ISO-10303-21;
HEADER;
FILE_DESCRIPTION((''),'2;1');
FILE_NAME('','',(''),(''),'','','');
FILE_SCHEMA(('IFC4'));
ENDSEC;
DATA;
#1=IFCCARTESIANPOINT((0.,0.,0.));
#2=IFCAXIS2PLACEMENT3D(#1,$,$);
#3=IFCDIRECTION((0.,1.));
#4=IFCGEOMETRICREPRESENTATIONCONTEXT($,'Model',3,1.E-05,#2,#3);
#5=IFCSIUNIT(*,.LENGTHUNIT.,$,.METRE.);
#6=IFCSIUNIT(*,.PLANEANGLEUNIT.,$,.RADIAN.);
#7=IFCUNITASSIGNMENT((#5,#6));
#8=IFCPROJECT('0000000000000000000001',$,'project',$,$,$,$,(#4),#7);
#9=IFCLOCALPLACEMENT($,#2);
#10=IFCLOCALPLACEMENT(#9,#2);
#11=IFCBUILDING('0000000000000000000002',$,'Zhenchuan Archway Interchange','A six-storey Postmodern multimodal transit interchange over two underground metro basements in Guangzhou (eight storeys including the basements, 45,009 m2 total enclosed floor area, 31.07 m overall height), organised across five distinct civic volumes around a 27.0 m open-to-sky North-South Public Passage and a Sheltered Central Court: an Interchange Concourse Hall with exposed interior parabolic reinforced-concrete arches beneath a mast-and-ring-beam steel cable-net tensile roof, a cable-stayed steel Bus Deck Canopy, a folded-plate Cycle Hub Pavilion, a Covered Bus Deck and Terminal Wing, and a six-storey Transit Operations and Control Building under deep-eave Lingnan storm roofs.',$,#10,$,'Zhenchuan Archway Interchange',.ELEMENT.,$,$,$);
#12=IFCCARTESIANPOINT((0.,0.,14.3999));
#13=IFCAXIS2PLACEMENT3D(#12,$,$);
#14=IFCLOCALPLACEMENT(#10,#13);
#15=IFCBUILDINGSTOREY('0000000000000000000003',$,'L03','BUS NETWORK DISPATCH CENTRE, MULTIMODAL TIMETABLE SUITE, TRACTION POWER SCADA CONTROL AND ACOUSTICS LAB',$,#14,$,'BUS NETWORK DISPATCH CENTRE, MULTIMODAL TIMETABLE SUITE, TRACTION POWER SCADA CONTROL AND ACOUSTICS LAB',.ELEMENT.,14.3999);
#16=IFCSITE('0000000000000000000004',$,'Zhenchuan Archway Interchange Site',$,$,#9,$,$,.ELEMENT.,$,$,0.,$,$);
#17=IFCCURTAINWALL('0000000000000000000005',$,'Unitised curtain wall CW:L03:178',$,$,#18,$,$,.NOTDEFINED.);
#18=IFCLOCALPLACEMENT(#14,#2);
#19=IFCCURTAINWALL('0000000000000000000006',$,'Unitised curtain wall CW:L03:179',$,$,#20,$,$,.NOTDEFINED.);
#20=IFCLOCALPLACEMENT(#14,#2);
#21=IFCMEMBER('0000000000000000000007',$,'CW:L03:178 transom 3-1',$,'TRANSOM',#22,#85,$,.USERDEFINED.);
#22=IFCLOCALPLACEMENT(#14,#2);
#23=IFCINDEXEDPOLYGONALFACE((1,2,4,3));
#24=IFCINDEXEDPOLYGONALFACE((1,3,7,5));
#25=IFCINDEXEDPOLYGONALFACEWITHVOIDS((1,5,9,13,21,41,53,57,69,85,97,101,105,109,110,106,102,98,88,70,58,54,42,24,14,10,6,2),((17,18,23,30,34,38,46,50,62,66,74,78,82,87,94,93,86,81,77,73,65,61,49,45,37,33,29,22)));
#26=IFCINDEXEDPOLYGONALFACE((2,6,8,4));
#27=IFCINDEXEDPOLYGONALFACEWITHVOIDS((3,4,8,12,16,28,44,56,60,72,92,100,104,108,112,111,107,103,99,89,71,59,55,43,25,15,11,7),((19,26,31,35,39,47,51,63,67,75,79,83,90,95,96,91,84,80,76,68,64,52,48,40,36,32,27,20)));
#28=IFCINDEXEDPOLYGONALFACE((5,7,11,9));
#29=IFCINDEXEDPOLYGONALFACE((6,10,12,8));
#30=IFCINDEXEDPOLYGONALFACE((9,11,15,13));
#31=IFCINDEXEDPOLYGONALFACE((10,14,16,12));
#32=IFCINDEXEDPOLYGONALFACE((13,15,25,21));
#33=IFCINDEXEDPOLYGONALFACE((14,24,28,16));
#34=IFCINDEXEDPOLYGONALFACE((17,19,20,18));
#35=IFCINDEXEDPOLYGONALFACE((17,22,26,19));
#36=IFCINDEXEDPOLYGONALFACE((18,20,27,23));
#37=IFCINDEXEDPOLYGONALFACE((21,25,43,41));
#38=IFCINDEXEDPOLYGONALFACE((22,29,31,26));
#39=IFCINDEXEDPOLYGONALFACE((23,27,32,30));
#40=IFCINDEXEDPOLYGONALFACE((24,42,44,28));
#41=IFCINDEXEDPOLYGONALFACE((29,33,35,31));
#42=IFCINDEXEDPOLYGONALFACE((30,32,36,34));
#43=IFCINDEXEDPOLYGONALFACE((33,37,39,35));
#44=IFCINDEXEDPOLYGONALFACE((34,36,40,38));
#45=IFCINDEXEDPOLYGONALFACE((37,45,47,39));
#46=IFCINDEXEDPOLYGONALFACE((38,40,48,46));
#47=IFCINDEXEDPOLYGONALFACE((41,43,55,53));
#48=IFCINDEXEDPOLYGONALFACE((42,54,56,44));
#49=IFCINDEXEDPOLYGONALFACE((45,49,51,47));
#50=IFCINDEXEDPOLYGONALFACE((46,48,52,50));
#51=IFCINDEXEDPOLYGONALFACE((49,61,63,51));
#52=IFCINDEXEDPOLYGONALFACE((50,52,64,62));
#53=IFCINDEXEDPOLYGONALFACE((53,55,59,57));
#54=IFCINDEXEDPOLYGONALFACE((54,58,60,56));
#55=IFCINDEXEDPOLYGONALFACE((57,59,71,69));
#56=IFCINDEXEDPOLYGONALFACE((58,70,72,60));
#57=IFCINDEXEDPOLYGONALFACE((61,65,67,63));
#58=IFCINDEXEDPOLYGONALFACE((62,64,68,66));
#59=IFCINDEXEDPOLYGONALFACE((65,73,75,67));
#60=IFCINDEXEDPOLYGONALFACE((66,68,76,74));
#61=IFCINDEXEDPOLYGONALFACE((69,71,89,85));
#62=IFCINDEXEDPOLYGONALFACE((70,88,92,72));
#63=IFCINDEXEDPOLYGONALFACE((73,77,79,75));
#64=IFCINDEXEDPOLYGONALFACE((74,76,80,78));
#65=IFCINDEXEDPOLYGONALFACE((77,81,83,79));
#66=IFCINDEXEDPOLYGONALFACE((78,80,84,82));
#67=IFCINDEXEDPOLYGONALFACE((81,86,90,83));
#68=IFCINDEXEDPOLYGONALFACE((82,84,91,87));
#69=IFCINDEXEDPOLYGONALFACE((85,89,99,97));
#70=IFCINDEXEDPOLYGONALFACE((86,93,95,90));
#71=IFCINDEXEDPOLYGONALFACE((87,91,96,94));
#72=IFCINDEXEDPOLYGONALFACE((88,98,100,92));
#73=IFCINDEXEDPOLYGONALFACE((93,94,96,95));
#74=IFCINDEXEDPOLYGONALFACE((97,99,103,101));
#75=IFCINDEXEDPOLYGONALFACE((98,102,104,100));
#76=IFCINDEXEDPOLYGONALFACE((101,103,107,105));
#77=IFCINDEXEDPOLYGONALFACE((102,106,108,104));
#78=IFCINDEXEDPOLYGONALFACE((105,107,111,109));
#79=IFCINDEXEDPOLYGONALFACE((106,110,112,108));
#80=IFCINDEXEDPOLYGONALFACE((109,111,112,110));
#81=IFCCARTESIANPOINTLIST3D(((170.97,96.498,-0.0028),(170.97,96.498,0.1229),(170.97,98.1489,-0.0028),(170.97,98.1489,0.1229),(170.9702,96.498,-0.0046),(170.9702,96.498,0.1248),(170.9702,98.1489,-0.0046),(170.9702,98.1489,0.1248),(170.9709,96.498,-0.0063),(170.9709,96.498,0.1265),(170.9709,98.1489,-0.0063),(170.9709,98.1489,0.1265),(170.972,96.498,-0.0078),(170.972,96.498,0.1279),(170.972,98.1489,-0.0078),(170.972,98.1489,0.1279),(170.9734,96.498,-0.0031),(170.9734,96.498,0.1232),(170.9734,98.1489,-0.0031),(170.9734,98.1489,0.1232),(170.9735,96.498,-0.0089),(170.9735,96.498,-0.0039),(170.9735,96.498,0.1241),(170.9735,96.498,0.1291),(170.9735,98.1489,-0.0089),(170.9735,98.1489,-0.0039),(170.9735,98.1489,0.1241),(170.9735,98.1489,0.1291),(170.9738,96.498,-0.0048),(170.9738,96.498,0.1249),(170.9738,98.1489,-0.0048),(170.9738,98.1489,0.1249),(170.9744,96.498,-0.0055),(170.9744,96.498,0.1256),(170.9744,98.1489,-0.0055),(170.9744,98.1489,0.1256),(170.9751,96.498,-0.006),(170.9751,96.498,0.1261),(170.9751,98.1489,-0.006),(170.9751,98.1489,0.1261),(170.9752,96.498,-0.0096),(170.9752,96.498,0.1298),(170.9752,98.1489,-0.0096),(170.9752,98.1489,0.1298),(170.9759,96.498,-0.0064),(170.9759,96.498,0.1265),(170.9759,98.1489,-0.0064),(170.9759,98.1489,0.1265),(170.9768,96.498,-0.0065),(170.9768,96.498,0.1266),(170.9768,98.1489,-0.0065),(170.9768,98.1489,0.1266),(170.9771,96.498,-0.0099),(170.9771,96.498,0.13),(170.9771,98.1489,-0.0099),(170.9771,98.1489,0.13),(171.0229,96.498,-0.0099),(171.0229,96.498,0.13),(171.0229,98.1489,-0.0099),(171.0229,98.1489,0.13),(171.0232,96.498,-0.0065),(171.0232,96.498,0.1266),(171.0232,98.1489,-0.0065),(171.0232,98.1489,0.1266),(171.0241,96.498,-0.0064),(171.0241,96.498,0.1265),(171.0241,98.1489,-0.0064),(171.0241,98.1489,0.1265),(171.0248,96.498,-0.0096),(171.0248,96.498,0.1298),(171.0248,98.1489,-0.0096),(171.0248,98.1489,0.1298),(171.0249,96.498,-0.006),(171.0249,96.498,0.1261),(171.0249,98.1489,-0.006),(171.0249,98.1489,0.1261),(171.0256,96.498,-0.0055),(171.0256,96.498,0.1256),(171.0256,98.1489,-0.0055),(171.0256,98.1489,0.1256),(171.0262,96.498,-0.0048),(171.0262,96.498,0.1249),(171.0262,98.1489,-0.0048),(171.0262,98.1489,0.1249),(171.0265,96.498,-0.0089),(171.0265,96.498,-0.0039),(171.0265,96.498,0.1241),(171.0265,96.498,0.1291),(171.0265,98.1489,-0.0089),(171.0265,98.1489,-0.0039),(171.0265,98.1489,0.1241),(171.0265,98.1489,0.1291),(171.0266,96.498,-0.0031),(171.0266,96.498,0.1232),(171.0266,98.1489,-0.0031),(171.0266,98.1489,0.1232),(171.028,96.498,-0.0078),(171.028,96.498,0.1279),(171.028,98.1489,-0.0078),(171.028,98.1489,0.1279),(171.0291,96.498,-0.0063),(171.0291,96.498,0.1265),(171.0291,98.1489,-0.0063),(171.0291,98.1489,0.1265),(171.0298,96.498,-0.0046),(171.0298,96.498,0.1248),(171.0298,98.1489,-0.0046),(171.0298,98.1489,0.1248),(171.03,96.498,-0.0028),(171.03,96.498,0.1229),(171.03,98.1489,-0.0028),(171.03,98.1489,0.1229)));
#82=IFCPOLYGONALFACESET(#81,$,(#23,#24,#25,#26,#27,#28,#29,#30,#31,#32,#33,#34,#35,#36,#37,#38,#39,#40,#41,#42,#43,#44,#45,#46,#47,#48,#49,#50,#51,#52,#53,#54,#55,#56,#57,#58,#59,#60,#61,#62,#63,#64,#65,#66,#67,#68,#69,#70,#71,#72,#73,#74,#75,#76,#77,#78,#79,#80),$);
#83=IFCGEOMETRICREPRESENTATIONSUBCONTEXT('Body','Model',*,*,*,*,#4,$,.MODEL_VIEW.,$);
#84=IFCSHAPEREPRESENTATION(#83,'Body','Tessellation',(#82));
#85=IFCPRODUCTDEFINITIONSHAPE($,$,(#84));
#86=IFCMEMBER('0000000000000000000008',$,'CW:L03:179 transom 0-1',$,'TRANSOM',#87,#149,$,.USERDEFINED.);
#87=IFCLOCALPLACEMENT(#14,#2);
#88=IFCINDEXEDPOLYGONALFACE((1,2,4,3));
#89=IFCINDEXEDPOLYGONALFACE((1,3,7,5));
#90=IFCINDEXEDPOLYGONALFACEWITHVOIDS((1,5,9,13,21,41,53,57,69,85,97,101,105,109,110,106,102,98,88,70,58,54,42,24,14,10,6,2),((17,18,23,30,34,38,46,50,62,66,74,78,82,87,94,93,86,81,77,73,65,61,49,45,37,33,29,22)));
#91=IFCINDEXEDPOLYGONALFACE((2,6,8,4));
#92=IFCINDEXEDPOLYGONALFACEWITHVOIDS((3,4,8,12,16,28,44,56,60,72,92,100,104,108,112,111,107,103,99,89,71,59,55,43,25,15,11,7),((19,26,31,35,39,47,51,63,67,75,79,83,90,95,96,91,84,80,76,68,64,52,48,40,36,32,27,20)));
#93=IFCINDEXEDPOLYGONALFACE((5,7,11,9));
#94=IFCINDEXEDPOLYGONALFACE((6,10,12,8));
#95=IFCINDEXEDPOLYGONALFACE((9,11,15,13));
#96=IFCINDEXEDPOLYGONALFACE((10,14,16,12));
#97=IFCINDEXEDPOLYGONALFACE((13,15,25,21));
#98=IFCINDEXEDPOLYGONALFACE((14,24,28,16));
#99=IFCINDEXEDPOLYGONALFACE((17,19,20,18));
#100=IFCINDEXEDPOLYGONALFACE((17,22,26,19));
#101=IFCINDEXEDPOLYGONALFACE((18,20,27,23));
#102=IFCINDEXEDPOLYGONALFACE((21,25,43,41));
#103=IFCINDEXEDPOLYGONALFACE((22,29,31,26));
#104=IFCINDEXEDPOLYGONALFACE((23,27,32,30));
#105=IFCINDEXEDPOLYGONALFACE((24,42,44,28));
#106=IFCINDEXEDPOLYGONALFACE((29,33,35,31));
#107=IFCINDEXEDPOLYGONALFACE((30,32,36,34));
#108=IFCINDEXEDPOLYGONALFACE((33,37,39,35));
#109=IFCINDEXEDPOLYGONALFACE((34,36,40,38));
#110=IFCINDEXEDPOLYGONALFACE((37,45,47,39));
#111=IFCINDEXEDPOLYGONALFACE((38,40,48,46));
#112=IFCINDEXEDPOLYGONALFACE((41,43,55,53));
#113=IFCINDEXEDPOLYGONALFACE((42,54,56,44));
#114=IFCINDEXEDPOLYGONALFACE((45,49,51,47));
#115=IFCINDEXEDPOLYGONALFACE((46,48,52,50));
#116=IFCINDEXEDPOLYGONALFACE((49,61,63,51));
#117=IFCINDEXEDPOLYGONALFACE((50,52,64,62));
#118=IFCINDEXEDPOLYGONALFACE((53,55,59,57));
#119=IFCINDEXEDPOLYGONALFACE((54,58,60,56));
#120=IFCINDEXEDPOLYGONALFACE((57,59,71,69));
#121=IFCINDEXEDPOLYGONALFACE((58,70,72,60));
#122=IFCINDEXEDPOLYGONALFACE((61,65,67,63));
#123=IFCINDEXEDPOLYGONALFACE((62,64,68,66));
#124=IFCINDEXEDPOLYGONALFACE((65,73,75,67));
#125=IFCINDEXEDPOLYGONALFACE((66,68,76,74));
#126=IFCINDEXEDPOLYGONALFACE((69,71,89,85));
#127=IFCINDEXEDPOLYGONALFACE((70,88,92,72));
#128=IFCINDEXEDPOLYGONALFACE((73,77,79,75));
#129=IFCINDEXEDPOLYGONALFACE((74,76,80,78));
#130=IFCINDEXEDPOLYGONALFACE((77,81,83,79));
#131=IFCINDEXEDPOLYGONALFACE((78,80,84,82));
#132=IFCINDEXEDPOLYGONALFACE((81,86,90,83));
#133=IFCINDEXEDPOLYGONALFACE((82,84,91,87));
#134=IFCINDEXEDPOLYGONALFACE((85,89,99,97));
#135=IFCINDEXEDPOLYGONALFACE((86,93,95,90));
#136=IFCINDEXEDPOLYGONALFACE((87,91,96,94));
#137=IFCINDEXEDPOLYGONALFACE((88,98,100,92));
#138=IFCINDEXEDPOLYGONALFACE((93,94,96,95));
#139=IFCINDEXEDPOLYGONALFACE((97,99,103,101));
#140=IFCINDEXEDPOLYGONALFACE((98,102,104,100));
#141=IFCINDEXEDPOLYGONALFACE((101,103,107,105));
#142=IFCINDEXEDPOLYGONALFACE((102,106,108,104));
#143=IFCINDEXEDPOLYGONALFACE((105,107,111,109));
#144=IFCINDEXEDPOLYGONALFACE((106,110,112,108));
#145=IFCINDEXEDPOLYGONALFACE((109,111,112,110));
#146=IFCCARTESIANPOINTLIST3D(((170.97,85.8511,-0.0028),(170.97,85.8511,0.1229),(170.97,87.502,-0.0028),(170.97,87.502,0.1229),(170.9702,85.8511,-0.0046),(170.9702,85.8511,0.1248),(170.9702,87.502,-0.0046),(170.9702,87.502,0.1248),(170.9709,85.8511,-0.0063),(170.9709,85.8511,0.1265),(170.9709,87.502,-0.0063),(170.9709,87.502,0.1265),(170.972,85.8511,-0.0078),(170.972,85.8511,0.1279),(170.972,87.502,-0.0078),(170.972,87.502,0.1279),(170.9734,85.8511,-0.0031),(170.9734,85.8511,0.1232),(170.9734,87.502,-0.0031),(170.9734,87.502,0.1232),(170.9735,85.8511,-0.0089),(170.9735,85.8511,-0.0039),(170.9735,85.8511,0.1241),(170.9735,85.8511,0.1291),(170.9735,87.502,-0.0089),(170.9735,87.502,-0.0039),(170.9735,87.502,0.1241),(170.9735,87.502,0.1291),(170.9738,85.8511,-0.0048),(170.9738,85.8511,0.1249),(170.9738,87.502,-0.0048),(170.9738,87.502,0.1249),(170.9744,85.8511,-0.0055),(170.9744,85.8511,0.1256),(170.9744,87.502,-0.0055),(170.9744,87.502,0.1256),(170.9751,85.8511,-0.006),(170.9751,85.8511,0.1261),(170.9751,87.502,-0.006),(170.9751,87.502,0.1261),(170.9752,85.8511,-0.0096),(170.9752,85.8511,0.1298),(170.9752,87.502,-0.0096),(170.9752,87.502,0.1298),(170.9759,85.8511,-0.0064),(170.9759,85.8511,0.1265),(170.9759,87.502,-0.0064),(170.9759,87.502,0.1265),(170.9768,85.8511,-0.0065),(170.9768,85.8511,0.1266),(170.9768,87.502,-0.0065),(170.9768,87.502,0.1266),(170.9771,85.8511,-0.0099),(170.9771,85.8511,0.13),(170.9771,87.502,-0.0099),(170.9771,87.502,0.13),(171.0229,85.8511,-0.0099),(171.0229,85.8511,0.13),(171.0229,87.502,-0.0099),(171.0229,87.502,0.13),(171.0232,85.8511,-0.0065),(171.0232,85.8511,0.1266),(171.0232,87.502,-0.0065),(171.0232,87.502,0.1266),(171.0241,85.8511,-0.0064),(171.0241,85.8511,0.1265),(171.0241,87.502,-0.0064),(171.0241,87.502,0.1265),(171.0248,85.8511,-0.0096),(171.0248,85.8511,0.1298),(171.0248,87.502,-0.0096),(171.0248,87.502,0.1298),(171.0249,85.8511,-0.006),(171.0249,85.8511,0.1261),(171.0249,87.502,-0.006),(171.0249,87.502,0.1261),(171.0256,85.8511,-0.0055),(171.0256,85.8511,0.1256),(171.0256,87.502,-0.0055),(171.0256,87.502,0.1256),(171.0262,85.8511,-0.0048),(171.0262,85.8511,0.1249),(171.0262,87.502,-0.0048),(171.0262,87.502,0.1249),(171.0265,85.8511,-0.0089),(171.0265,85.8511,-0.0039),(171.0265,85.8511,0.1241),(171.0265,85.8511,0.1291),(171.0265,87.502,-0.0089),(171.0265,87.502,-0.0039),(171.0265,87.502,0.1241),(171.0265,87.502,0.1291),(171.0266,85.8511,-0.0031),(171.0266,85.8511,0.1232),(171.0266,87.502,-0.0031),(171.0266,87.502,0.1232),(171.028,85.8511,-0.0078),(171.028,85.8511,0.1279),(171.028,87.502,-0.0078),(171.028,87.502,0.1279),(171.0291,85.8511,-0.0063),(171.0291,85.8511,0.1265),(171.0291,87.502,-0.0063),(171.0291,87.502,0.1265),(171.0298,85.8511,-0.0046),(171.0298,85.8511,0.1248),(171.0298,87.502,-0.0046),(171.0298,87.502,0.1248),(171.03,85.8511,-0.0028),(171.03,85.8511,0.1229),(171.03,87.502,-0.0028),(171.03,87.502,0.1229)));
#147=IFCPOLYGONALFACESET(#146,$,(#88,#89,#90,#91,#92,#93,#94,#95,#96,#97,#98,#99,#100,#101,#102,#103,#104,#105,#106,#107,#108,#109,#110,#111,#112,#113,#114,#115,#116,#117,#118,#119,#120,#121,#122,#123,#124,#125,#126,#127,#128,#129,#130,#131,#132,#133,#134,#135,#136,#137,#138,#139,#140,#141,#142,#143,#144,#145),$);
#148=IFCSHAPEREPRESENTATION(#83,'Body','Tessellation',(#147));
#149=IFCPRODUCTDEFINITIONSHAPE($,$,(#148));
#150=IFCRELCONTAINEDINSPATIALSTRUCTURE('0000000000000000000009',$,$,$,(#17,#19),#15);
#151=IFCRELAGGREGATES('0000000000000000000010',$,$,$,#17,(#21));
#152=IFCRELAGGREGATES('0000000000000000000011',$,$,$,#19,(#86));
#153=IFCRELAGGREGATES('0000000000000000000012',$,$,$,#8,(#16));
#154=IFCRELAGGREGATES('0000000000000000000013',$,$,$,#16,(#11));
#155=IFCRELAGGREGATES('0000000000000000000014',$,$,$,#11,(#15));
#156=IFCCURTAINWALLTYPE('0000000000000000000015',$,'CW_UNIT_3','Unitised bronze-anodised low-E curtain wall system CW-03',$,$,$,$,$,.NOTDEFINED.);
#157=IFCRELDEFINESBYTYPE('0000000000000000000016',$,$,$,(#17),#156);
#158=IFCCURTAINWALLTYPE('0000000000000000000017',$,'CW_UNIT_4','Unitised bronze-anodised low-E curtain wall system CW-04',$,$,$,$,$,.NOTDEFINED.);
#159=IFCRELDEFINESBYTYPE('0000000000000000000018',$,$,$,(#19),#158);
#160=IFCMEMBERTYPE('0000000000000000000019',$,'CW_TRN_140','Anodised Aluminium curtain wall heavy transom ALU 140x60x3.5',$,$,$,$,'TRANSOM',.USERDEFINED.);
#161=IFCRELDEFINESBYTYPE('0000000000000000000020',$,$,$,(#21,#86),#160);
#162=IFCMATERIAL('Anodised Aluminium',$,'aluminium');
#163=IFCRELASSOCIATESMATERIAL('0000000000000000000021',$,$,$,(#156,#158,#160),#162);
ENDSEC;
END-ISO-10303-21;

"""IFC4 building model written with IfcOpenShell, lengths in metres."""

from ifc_helpers import new_model, si_unit, direction, frame, origin, origin_2d, place, context, subcontext, project, spatial, hollow_rectangle, extrude, material, material_profile, profile_set, type_object, element, aggregate, save


model = new_model("IFC4")

# Units and contexts
model_context = context("Model", 3, precision=1e-05, world=origin(), true_north=direction((0.0, 1.0)))
body_context = subcontext(model_context, "Body", "Model", "MODEL_VIEW")
ifc_project = project(units=[si_unit("LENGTHUNIT", "METRE"), si_unit("PLANEANGLEUNIT", "RADIAN")], contexts=[model_context])

# Site, building, storey
site_placement = place(None, origin())
site = spatial("IfcSite", under=ifc_project, at=site_placement, Name="Zhenchuan Archway Interchange Site", CompositionType="ELEMENT", RefElevation=0.0)
building_placement = place(site_placement, origin())
building = spatial("IfcBuilding", under=site, at=building_placement, Name="Zhenchuan Archway Interchange", Description="A six-storey Postmodern multimodal transit interchange over two underground metro basements in Guangzhou (eight storeys including the basements, 45,009 m2 total enclosed floor area, 31.07 m overall height), organised across five distinct civic volumes around a 27.0 m open-to-sky North-South Public Passage and a Sheltered Central Court: an Interchange Concourse Hall with exposed interior parabolic reinforced-concrete arches beneath a mast-and-ring-beam steel cable-net tensile roof, a cable-stayed steel Bus Deck Canopy, a folded-plate Cycle Hub Pavilion, a Covered Bus Deck and Terminal Wing, and a six-storey Transit Operations and Control Building under deep-eave Lingnan storm roofs.", LongName="Zhenchuan Archway Interchange", CompositionType="ELEMENT")
storey_placement = place(building_placement, frame((0.0, 0.0, 14.3999)))
storey = spatial("IfcBuildingStorey", under=building, at=storey_placement, Name="L03", Description="BUS NETWORK DISPATCH CENTRE, MULTIMODAL TIMETABLE SUITE, TRACTION POWER SCADA CONTROL AND ACOUSTICS LAB", LongName="BUS NETWORK DISPATCH CENTRE, MULTIMODAL TIMETABLE SUITE, TRACTION POWER SCADA CONTROL AND ACOUSTICS LAB", CompositionType="ELEMENT", Elevation=14.3999)

# Curtain wall
ifc_material_1 = material(Name="Anodised Aluminium", Category="aluminium")
curtain_wall_type_1 = type_object("IfcCurtainWallType", Name="CW_UNIT_3", Description="Unitised bronze-anodised low-E curtain wall system CW-03", PredefinedType="NOTDEFINED", material=ifc_material_1)
curtain_wall_1_placement = place(storey_placement, origin())
curtain_wall_1 = element("IfcCurtainWall", 1, at=curtain_wall_1_placement, inside=storey, type_object=curtain_wall_type_1, Name="Unitised curtain wall CW:L03:178", PredefinedType="NOTDEFINED")

# Curtain wall
curtain_wall_type_2 = type_object("IfcCurtainWallType", Name="CW_UNIT_4", Description="Unitised bronze-anodised low-E curtain wall system CW-04", PredefinedType="NOTDEFINED", material=ifc_material_1)
curtain_wall_2_placement = place(storey_placement, origin())
curtain_wall_2 = element("IfcCurtainWall", 2, at=curtain_wall_2_placement, inside=storey, type_object=curtain_wall_type_2, Name="Unitised curtain wall CW:L03:179", PredefinedType="NOTDEFINED")

# Members
ifc_material_profile_1 = material_profile(ifc_material_1, hollow_rectangle(XDim=0.0601, YDim=0.1399, WallThickness=0.0034, InnerFilletRadius=0.0034, OuterFilletRadius=0.0071, at=origin_2d()), Name="ALU 140x60x3.5")
ifc_profile_set_1 = profile_set([ifc_material_profile_1], Name="Anodised Aluminium")
member_type_1 = type_object("IfcMemberType", Name="CW_TRN_140", Description="Anodised Aluminium curtain wall heavy transom ALU 140x60x3.5", ElementType="TRANSOM", PredefinedType="USERDEFINED", material=ifc_profile_set_1)
member_1_placement = place(storey_placement, frame((171.0, 98.1489, 0.0601), z_axis=(0.0, -1.0, 0.0), x_axis=(1.0, 0.0, 0.0)))
member_1 = element("IfcMember", 3, at=member_1_placement, type_object=member_type_1, Name="CW:L03:178 transom 3-1", ObjectType="TRANSOM", PredefinedType="USERDEFINED", context=body_context, shape_type="SweptSolid", body=[
    extrude(hollow_rectangle(XDim=0.0601, YDim=0.1399, WallThickness=0.0034, InnerFilletRadius=0.0034, OuterFilletRadius=0.0071, at=origin_2d()), origin(), (0.0, 0.0, 1.0), 1.6509),
])
member_2_placement = place(storey_placement, frame((171.0, 87.502, 0.0601), z_axis=(0.0, -1.0, 0.0), x_axis=(1.0, 0.0, 0.0)))
member_2 = element("IfcMember", 4, at=member_2_placement, type_object=member_type_1, Name="CW:L03:179 transom 0-1", ObjectType="TRANSOM", PredefinedType="USERDEFINED", context=body_context, shape_type="SweptSolid", body=[
    extrude(hollow_rectangle(XDim=0.0601, YDim=0.1399, WallThickness=0.0034, InnerFilletRadius=0.0034, OuterFilletRadius=0.0071, at=origin_2d()), origin(), (0.0, 0.0, 1.0), 1.6509),
])

aggregate(curtain_wall_1, [member_1])
aggregate(curtain_wall_2, [member_2])

save(model, "model.ifc")
